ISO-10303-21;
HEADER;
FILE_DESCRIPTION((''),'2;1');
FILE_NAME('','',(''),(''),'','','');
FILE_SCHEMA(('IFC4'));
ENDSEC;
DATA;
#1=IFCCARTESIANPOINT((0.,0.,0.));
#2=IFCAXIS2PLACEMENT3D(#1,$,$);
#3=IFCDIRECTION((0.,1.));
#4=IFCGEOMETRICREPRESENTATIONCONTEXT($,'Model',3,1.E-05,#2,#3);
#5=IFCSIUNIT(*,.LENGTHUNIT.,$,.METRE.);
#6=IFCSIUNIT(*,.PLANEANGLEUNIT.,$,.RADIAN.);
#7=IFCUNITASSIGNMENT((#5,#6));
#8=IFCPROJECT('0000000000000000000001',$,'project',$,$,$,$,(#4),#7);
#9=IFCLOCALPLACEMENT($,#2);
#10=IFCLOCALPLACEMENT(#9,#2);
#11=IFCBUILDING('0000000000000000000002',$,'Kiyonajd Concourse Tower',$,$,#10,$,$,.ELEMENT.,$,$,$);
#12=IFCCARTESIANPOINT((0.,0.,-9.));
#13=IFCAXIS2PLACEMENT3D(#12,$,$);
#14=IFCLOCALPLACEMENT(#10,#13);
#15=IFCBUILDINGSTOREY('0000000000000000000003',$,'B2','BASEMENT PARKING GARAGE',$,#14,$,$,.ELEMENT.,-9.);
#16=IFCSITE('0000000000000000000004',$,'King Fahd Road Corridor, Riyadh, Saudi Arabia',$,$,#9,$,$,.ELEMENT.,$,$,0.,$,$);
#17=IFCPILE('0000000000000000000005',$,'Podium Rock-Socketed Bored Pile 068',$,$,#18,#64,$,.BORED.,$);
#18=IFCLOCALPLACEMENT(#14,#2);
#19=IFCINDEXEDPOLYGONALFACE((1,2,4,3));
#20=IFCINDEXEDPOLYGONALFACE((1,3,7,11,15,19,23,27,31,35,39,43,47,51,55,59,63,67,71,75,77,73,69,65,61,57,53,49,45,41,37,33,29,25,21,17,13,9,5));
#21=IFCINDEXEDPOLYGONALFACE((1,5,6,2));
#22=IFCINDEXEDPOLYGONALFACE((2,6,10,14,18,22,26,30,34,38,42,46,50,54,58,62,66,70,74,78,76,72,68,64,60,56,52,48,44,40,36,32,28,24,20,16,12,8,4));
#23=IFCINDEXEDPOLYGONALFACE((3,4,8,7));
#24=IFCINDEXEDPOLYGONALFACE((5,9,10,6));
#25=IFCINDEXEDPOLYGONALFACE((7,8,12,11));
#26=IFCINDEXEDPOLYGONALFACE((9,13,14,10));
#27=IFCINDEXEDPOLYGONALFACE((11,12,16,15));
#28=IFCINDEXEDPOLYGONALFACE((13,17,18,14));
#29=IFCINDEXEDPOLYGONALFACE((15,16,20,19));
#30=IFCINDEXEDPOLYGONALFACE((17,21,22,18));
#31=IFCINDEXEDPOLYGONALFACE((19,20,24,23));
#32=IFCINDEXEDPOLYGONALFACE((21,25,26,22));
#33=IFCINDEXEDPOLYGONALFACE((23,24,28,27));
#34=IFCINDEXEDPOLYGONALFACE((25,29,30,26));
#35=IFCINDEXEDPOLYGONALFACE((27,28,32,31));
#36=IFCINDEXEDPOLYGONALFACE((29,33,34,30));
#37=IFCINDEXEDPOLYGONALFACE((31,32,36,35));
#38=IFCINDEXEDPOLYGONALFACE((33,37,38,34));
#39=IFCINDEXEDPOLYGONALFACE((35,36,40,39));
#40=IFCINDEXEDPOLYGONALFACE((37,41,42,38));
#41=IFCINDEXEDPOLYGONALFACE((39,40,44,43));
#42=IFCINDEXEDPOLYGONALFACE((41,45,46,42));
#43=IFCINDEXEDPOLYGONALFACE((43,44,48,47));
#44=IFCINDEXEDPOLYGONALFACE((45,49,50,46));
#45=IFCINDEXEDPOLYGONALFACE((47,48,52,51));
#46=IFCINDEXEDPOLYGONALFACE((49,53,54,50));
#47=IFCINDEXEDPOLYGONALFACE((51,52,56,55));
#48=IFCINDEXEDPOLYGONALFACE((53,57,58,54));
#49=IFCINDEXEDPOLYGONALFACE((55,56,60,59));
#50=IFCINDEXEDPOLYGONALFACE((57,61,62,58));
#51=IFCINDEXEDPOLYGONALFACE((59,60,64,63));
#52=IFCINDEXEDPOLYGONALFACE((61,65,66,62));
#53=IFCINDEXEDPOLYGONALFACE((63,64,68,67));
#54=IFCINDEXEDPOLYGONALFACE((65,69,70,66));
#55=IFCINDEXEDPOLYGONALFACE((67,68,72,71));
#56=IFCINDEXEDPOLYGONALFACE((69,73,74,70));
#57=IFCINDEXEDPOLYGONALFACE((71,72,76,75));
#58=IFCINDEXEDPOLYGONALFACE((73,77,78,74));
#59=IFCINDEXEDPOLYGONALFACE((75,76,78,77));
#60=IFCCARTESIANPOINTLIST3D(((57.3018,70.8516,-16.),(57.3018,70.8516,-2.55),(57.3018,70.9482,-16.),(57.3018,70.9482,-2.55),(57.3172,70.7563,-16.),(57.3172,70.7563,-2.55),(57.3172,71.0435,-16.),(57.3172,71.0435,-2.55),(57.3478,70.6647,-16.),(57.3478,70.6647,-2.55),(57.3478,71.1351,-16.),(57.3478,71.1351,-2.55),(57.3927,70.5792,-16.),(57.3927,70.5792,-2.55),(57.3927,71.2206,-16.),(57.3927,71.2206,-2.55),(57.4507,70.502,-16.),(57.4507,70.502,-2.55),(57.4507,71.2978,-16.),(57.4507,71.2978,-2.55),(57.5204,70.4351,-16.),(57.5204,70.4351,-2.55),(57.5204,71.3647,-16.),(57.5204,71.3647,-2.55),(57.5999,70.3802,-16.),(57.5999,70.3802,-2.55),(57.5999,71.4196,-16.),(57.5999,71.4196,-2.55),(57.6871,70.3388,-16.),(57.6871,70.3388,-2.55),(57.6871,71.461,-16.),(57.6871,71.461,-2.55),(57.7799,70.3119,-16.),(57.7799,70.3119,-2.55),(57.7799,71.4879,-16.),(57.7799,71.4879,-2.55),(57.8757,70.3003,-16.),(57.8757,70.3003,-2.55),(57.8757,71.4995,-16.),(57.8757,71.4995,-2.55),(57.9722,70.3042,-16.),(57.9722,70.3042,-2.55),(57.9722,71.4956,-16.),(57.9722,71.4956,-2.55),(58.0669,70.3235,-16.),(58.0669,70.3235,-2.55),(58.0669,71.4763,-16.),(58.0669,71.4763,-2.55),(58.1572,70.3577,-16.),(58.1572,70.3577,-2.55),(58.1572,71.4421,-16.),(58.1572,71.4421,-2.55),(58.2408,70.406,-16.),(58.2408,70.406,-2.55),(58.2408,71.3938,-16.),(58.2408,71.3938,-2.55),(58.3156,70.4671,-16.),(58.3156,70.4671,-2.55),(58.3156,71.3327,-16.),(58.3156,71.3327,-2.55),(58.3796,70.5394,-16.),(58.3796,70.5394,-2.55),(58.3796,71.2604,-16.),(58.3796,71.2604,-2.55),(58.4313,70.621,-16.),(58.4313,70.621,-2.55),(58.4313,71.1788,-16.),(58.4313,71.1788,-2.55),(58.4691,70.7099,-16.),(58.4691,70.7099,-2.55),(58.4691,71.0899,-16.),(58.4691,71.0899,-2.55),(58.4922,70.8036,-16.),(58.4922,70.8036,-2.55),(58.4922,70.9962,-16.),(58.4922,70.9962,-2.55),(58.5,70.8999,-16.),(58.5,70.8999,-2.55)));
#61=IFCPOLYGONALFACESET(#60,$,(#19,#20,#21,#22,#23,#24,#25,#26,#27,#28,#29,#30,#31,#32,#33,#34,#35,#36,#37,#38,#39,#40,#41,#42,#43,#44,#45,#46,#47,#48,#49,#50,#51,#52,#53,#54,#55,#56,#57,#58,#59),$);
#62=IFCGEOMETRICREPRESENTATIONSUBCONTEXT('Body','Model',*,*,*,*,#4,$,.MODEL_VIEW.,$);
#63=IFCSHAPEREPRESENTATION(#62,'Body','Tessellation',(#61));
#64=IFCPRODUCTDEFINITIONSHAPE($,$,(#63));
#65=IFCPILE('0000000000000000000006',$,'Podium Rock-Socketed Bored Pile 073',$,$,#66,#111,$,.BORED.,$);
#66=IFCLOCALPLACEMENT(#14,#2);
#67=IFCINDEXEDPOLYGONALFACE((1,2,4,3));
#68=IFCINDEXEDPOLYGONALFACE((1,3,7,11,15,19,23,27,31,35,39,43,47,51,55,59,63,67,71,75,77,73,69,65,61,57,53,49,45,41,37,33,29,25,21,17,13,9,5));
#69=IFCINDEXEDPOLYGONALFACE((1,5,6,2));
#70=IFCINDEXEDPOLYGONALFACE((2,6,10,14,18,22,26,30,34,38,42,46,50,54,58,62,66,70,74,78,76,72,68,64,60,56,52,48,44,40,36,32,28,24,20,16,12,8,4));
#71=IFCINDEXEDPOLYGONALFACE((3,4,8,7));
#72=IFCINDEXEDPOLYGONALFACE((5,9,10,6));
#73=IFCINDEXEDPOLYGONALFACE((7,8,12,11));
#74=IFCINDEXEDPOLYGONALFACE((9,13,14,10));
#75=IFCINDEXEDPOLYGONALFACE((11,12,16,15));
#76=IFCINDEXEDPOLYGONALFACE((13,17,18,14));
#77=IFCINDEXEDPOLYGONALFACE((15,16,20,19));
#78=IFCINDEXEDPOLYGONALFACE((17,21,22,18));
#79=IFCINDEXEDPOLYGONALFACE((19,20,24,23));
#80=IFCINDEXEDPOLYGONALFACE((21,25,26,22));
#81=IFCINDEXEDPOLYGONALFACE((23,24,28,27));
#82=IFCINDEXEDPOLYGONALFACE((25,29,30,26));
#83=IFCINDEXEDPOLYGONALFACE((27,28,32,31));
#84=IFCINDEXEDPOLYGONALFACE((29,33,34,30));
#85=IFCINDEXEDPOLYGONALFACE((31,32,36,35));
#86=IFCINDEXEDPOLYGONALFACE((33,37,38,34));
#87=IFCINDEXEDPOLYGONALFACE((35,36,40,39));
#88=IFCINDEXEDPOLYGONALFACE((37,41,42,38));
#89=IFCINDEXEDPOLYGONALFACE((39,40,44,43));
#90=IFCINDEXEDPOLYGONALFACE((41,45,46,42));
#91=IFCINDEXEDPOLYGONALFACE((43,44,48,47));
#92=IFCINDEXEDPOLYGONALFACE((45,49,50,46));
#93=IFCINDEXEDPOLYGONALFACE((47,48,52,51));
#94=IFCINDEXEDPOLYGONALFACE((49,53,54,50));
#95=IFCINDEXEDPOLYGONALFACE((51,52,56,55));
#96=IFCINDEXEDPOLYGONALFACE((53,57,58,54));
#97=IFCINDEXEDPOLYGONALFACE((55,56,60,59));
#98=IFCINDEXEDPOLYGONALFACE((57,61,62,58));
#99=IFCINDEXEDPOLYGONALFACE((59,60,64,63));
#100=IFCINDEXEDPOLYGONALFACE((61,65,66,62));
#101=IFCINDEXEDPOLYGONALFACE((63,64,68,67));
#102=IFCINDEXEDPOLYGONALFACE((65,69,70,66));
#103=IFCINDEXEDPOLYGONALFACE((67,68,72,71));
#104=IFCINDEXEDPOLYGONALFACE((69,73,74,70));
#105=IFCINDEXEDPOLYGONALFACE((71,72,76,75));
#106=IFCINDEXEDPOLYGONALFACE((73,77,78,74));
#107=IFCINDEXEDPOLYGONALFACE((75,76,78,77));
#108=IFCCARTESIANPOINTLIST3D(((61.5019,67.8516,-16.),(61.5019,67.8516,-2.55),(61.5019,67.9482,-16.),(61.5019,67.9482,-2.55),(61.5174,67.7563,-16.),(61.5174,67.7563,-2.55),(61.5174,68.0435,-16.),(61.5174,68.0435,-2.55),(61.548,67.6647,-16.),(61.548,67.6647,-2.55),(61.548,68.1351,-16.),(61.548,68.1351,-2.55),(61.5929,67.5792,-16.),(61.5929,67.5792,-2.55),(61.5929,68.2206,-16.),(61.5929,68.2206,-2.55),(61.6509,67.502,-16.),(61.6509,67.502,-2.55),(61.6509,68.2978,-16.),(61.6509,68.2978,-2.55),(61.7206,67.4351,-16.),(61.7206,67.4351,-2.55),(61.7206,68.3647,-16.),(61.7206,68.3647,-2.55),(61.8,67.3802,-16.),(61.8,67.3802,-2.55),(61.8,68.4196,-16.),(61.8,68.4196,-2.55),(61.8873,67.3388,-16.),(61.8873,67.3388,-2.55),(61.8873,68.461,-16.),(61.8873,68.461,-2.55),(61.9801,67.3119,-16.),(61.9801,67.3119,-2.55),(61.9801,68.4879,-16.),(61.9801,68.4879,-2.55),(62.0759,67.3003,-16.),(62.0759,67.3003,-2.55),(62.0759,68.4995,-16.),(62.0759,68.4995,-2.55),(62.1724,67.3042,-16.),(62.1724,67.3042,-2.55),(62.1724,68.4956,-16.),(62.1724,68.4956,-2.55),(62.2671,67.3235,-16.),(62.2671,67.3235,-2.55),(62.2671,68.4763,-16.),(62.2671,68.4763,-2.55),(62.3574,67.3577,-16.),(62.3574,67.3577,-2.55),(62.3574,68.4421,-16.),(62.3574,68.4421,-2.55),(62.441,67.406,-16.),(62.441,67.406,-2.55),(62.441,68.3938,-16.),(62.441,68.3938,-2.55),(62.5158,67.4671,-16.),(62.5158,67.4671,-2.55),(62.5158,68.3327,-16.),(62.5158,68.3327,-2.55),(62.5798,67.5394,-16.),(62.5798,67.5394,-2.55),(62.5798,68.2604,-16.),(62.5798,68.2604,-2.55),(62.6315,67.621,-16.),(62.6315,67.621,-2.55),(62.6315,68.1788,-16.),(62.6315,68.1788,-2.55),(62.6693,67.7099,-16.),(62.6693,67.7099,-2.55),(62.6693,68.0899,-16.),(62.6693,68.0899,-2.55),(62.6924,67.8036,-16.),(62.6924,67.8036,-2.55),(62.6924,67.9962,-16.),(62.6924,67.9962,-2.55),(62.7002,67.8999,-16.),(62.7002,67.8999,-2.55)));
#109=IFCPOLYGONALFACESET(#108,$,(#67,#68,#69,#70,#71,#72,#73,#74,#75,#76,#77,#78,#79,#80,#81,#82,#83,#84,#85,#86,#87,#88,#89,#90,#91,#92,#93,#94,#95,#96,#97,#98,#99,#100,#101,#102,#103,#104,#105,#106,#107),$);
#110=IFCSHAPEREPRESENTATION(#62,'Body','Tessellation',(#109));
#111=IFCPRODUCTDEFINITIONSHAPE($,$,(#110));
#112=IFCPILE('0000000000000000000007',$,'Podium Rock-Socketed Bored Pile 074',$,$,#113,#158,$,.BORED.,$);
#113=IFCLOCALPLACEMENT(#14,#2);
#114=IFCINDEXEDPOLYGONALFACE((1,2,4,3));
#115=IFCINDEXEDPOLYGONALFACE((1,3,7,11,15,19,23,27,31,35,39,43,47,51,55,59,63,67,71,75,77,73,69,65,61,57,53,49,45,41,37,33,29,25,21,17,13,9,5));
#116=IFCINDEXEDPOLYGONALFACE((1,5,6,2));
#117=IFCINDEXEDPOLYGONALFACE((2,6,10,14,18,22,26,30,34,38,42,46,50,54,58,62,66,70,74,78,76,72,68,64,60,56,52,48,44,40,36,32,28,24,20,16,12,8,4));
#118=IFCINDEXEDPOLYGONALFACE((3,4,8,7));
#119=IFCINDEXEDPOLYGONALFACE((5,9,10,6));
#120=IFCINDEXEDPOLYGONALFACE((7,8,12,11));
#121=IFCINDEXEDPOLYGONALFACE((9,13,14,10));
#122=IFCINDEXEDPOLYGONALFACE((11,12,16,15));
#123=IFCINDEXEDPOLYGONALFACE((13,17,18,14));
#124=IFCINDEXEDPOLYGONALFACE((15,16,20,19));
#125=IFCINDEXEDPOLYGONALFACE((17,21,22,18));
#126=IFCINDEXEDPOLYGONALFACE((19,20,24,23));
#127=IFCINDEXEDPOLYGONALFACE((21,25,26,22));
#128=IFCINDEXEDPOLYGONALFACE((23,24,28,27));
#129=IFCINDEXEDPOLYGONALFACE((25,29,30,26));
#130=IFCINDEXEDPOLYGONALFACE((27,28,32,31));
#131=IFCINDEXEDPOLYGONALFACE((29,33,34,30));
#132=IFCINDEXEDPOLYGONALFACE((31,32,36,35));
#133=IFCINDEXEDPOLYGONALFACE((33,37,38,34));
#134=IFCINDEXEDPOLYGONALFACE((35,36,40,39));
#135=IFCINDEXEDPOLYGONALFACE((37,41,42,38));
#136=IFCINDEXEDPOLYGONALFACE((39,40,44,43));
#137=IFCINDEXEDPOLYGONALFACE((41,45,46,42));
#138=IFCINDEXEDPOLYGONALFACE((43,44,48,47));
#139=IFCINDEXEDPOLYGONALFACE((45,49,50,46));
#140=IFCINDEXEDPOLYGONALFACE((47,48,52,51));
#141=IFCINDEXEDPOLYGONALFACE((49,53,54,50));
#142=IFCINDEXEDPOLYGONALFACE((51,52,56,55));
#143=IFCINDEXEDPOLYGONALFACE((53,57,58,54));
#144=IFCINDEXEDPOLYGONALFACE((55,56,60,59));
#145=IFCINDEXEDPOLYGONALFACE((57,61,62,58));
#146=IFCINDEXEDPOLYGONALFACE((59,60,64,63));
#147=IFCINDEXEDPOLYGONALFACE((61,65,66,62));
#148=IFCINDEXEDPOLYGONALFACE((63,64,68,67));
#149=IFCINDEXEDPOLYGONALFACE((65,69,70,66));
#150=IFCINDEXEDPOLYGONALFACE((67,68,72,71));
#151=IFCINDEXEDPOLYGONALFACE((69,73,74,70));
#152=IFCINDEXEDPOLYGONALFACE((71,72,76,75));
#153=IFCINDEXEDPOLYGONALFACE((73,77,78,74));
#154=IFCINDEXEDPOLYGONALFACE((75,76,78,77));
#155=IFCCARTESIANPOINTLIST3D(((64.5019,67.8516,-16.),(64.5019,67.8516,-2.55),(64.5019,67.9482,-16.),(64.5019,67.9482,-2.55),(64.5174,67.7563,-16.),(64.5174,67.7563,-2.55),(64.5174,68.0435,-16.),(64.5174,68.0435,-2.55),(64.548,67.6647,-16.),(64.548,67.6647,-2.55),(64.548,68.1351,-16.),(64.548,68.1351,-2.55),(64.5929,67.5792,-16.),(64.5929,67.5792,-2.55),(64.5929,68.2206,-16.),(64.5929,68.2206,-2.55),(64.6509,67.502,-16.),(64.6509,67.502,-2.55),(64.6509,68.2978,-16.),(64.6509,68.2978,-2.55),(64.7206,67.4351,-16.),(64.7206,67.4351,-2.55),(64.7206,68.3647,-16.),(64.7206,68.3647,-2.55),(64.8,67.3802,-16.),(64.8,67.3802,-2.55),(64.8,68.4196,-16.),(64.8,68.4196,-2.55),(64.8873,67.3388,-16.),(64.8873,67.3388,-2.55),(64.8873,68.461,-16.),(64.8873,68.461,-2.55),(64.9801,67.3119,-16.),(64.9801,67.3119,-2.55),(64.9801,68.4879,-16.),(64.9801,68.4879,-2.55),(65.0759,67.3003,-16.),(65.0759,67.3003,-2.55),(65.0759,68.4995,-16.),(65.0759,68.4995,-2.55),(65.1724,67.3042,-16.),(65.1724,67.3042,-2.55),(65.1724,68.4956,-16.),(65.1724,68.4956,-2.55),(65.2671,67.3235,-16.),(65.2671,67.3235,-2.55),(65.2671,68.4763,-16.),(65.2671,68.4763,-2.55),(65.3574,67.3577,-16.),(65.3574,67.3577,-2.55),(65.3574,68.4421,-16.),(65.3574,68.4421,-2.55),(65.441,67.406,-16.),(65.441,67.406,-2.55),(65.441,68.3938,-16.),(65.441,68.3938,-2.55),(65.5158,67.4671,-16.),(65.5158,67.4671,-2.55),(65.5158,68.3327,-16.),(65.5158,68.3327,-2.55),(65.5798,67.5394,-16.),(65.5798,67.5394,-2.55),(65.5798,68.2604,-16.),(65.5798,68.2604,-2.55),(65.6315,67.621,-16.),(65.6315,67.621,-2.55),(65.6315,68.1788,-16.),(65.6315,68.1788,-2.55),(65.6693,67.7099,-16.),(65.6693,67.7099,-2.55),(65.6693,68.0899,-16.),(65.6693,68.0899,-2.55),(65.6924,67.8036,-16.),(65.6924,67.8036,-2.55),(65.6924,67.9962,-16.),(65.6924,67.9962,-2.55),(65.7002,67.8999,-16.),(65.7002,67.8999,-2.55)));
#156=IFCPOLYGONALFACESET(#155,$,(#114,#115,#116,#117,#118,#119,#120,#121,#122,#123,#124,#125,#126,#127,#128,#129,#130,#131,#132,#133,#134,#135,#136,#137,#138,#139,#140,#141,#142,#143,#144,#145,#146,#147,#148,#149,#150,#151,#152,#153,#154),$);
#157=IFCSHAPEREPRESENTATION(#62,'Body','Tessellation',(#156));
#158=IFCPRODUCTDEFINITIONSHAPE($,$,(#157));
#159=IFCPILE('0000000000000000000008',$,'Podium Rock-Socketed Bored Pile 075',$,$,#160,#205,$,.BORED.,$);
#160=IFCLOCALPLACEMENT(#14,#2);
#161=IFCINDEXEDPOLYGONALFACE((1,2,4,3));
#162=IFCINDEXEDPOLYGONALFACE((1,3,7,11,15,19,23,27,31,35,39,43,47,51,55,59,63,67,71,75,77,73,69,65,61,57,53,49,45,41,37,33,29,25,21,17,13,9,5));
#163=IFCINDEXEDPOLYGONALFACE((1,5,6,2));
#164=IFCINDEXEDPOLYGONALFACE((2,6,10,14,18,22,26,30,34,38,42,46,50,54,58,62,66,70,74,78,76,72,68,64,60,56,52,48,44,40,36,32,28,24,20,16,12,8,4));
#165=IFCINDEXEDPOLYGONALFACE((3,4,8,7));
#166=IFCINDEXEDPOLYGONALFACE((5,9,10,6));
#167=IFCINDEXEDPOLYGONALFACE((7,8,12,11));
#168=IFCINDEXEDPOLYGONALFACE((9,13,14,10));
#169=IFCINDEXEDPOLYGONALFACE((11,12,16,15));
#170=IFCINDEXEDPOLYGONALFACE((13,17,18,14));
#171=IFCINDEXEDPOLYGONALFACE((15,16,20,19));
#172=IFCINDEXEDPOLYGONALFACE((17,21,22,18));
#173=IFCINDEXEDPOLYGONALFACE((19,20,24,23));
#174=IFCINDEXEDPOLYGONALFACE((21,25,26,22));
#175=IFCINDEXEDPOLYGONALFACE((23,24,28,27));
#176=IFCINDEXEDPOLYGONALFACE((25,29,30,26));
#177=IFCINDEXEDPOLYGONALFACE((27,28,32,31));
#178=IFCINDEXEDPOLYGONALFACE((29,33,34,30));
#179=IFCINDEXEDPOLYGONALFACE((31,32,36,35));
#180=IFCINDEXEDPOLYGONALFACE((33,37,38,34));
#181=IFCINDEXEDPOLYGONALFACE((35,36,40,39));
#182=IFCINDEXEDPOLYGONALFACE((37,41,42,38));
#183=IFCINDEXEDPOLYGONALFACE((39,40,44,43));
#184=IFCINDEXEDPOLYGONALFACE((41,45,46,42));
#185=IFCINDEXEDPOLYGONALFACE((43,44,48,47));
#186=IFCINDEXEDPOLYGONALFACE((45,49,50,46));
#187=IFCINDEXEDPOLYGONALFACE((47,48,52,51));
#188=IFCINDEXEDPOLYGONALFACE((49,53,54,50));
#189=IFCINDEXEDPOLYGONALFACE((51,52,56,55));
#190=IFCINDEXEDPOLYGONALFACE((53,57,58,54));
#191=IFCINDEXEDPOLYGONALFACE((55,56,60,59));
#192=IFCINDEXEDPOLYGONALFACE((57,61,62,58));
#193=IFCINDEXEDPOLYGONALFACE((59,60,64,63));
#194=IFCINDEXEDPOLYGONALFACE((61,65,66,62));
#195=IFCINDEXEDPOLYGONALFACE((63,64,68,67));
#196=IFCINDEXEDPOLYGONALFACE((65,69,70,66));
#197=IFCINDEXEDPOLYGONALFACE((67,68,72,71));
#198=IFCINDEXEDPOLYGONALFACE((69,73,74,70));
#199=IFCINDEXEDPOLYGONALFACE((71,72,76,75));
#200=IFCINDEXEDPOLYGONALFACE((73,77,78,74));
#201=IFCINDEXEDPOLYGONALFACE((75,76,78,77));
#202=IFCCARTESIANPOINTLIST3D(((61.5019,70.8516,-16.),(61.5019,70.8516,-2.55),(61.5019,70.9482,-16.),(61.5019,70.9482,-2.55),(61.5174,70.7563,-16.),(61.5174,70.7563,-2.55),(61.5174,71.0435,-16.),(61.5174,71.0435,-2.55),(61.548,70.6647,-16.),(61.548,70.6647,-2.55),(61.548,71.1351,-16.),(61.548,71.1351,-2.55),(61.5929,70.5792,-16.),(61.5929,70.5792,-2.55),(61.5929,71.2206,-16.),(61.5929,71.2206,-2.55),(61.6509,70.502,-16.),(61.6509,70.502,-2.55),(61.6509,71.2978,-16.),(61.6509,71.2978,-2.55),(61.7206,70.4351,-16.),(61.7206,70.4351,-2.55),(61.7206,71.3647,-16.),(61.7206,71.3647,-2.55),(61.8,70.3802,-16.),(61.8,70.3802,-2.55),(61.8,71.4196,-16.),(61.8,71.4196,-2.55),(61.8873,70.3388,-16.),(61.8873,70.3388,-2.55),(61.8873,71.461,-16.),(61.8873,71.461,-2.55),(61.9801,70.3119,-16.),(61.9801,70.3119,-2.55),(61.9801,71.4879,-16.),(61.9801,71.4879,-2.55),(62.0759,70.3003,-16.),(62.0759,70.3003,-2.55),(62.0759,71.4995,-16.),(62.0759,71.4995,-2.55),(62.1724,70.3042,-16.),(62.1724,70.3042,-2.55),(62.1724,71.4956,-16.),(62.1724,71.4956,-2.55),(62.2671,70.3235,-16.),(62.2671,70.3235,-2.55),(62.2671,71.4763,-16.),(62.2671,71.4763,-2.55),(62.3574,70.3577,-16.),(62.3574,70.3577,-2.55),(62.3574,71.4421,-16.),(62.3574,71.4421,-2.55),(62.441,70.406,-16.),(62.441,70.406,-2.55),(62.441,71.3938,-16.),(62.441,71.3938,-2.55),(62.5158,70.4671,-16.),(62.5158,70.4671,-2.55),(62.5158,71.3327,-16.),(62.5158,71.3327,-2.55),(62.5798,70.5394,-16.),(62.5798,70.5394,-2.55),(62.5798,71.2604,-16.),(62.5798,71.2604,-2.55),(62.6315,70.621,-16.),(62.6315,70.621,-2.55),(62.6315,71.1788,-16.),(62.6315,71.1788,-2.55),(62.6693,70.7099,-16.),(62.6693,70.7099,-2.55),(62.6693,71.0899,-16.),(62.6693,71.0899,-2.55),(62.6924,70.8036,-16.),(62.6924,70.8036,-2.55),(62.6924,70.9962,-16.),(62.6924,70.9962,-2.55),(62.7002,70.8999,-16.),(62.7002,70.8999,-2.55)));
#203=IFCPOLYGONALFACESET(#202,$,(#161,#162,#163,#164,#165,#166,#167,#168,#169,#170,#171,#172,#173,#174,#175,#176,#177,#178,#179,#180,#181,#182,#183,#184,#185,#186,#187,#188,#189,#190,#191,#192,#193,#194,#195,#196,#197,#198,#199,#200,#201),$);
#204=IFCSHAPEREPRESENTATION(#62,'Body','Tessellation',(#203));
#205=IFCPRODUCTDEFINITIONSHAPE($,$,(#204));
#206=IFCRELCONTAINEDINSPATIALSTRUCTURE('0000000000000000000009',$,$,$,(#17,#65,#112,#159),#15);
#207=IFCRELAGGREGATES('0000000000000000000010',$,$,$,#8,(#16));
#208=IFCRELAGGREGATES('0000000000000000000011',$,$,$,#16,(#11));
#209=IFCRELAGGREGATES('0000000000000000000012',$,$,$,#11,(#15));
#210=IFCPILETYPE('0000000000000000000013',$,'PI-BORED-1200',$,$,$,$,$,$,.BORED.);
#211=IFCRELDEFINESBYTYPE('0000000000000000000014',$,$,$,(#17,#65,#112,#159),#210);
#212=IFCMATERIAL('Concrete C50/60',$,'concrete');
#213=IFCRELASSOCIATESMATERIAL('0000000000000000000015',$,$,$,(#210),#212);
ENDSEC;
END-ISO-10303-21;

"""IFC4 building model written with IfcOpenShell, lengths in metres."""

from ifc_helpers import new_model, si_unit, direction, frame, origin, origin_2d, place, context, subcontext, project, spatial, circle, extrude, material, material_profile, profile_set, type_object, element, save


model = new_model("IFC4")

# Units and contexts
model_context = context("Model", 3, precision=1e-05, world=origin(), true_north=direction((0.0, 1.0)))
body_context = subcontext(model_context, "Body", "Model", "MODEL_VIEW")
ifc_project = project(units=[si_unit("LENGTHUNIT", "METRE"), si_unit("PLANEANGLEUNIT", "RADIAN")], contexts=[model_context])

# Site, building, storey
site_placement = place(None, origin())
site = spatial("IfcSite", under=ifc_project, at=site_placement, Name="King Fahd Road Corridor, Riyadh, Saudi Arabia", CompositionType="ELEMENT", RefElevation=0.0)
building_placement = place(site_placement, origin())
building = spatial("IfcBuilding", under=site, at=building_placement, Name="Kiyonajd Concourse Tower", CompositionType="ELEMENT")
storey_placement = place(building_placement, frame((0.0, 0.0, -9.0)))
storey = spatial("IfcBuildingStorey", under=building, at=storey_placement, Name="B2", Description="BASEMENT PARKING GARAGE", CompositionType="ELEMENT", Elevation=-9.0)

# Shared definitions
ifc_material_1 = material(Name="Concrete C50/60", Category="concrete")

# Piles
ifc_material_profile_1 = material_profile(ifc_material_1, circle(Radius=0.6001, at=origin_2d()), Name="PILE-D1200")
ifc_profile_set_1 = profile_set([ifc_material_profile_1], Name="Concrete C50/60")
pile_type = type_object("IfcPileType", Name="PI-BORED-1200", PredefinedType="BORED", material=ifc_profile_set_1)
for number, where, z_axis, x_axis, name in (
    (1, (57.8999, 70.8999, -2.55), (0.0, 0.0, -1.0), (1.0, 0.0, 0.0), "Podium Rock-Socketed Bored Pile 068"),
    (2, (62.1001, 67.8999, -2.55), (0.0, 0.0, -1.0), (1.0, 0.0, 0.0), "Podium Rock-Socketed Bored Pile 073"),
    (3, (65.1001, 67.8999, -2.55), (0.0, 0.0, -1.0), (1.0, 0.0, 0.0), "Podium Rock-Socketed Bored Pile 074"),
    (4, (62.1001, 70.8999, -2.55), (0.0, 0.0, -1.0), (1.0, 0.0, 0.0), "Podium Rock-Socketed Bored Pile 075"),
):
    element("IfcPile", number, at=place(storey_placement, frame(where, z_axis=z_axis, x_axis=x_axis)), inside=storey, type_object=pile_type, Name=name, PredefinedType="BORED", context=body_context, shape_type="SweptSolid", body=[
        extrude(circle(Radius=0.6001, at=origin_2d()), origin(), (0.0, 0.0, 1.0), 13.45),
    ])

save(model, "model.ifc")
